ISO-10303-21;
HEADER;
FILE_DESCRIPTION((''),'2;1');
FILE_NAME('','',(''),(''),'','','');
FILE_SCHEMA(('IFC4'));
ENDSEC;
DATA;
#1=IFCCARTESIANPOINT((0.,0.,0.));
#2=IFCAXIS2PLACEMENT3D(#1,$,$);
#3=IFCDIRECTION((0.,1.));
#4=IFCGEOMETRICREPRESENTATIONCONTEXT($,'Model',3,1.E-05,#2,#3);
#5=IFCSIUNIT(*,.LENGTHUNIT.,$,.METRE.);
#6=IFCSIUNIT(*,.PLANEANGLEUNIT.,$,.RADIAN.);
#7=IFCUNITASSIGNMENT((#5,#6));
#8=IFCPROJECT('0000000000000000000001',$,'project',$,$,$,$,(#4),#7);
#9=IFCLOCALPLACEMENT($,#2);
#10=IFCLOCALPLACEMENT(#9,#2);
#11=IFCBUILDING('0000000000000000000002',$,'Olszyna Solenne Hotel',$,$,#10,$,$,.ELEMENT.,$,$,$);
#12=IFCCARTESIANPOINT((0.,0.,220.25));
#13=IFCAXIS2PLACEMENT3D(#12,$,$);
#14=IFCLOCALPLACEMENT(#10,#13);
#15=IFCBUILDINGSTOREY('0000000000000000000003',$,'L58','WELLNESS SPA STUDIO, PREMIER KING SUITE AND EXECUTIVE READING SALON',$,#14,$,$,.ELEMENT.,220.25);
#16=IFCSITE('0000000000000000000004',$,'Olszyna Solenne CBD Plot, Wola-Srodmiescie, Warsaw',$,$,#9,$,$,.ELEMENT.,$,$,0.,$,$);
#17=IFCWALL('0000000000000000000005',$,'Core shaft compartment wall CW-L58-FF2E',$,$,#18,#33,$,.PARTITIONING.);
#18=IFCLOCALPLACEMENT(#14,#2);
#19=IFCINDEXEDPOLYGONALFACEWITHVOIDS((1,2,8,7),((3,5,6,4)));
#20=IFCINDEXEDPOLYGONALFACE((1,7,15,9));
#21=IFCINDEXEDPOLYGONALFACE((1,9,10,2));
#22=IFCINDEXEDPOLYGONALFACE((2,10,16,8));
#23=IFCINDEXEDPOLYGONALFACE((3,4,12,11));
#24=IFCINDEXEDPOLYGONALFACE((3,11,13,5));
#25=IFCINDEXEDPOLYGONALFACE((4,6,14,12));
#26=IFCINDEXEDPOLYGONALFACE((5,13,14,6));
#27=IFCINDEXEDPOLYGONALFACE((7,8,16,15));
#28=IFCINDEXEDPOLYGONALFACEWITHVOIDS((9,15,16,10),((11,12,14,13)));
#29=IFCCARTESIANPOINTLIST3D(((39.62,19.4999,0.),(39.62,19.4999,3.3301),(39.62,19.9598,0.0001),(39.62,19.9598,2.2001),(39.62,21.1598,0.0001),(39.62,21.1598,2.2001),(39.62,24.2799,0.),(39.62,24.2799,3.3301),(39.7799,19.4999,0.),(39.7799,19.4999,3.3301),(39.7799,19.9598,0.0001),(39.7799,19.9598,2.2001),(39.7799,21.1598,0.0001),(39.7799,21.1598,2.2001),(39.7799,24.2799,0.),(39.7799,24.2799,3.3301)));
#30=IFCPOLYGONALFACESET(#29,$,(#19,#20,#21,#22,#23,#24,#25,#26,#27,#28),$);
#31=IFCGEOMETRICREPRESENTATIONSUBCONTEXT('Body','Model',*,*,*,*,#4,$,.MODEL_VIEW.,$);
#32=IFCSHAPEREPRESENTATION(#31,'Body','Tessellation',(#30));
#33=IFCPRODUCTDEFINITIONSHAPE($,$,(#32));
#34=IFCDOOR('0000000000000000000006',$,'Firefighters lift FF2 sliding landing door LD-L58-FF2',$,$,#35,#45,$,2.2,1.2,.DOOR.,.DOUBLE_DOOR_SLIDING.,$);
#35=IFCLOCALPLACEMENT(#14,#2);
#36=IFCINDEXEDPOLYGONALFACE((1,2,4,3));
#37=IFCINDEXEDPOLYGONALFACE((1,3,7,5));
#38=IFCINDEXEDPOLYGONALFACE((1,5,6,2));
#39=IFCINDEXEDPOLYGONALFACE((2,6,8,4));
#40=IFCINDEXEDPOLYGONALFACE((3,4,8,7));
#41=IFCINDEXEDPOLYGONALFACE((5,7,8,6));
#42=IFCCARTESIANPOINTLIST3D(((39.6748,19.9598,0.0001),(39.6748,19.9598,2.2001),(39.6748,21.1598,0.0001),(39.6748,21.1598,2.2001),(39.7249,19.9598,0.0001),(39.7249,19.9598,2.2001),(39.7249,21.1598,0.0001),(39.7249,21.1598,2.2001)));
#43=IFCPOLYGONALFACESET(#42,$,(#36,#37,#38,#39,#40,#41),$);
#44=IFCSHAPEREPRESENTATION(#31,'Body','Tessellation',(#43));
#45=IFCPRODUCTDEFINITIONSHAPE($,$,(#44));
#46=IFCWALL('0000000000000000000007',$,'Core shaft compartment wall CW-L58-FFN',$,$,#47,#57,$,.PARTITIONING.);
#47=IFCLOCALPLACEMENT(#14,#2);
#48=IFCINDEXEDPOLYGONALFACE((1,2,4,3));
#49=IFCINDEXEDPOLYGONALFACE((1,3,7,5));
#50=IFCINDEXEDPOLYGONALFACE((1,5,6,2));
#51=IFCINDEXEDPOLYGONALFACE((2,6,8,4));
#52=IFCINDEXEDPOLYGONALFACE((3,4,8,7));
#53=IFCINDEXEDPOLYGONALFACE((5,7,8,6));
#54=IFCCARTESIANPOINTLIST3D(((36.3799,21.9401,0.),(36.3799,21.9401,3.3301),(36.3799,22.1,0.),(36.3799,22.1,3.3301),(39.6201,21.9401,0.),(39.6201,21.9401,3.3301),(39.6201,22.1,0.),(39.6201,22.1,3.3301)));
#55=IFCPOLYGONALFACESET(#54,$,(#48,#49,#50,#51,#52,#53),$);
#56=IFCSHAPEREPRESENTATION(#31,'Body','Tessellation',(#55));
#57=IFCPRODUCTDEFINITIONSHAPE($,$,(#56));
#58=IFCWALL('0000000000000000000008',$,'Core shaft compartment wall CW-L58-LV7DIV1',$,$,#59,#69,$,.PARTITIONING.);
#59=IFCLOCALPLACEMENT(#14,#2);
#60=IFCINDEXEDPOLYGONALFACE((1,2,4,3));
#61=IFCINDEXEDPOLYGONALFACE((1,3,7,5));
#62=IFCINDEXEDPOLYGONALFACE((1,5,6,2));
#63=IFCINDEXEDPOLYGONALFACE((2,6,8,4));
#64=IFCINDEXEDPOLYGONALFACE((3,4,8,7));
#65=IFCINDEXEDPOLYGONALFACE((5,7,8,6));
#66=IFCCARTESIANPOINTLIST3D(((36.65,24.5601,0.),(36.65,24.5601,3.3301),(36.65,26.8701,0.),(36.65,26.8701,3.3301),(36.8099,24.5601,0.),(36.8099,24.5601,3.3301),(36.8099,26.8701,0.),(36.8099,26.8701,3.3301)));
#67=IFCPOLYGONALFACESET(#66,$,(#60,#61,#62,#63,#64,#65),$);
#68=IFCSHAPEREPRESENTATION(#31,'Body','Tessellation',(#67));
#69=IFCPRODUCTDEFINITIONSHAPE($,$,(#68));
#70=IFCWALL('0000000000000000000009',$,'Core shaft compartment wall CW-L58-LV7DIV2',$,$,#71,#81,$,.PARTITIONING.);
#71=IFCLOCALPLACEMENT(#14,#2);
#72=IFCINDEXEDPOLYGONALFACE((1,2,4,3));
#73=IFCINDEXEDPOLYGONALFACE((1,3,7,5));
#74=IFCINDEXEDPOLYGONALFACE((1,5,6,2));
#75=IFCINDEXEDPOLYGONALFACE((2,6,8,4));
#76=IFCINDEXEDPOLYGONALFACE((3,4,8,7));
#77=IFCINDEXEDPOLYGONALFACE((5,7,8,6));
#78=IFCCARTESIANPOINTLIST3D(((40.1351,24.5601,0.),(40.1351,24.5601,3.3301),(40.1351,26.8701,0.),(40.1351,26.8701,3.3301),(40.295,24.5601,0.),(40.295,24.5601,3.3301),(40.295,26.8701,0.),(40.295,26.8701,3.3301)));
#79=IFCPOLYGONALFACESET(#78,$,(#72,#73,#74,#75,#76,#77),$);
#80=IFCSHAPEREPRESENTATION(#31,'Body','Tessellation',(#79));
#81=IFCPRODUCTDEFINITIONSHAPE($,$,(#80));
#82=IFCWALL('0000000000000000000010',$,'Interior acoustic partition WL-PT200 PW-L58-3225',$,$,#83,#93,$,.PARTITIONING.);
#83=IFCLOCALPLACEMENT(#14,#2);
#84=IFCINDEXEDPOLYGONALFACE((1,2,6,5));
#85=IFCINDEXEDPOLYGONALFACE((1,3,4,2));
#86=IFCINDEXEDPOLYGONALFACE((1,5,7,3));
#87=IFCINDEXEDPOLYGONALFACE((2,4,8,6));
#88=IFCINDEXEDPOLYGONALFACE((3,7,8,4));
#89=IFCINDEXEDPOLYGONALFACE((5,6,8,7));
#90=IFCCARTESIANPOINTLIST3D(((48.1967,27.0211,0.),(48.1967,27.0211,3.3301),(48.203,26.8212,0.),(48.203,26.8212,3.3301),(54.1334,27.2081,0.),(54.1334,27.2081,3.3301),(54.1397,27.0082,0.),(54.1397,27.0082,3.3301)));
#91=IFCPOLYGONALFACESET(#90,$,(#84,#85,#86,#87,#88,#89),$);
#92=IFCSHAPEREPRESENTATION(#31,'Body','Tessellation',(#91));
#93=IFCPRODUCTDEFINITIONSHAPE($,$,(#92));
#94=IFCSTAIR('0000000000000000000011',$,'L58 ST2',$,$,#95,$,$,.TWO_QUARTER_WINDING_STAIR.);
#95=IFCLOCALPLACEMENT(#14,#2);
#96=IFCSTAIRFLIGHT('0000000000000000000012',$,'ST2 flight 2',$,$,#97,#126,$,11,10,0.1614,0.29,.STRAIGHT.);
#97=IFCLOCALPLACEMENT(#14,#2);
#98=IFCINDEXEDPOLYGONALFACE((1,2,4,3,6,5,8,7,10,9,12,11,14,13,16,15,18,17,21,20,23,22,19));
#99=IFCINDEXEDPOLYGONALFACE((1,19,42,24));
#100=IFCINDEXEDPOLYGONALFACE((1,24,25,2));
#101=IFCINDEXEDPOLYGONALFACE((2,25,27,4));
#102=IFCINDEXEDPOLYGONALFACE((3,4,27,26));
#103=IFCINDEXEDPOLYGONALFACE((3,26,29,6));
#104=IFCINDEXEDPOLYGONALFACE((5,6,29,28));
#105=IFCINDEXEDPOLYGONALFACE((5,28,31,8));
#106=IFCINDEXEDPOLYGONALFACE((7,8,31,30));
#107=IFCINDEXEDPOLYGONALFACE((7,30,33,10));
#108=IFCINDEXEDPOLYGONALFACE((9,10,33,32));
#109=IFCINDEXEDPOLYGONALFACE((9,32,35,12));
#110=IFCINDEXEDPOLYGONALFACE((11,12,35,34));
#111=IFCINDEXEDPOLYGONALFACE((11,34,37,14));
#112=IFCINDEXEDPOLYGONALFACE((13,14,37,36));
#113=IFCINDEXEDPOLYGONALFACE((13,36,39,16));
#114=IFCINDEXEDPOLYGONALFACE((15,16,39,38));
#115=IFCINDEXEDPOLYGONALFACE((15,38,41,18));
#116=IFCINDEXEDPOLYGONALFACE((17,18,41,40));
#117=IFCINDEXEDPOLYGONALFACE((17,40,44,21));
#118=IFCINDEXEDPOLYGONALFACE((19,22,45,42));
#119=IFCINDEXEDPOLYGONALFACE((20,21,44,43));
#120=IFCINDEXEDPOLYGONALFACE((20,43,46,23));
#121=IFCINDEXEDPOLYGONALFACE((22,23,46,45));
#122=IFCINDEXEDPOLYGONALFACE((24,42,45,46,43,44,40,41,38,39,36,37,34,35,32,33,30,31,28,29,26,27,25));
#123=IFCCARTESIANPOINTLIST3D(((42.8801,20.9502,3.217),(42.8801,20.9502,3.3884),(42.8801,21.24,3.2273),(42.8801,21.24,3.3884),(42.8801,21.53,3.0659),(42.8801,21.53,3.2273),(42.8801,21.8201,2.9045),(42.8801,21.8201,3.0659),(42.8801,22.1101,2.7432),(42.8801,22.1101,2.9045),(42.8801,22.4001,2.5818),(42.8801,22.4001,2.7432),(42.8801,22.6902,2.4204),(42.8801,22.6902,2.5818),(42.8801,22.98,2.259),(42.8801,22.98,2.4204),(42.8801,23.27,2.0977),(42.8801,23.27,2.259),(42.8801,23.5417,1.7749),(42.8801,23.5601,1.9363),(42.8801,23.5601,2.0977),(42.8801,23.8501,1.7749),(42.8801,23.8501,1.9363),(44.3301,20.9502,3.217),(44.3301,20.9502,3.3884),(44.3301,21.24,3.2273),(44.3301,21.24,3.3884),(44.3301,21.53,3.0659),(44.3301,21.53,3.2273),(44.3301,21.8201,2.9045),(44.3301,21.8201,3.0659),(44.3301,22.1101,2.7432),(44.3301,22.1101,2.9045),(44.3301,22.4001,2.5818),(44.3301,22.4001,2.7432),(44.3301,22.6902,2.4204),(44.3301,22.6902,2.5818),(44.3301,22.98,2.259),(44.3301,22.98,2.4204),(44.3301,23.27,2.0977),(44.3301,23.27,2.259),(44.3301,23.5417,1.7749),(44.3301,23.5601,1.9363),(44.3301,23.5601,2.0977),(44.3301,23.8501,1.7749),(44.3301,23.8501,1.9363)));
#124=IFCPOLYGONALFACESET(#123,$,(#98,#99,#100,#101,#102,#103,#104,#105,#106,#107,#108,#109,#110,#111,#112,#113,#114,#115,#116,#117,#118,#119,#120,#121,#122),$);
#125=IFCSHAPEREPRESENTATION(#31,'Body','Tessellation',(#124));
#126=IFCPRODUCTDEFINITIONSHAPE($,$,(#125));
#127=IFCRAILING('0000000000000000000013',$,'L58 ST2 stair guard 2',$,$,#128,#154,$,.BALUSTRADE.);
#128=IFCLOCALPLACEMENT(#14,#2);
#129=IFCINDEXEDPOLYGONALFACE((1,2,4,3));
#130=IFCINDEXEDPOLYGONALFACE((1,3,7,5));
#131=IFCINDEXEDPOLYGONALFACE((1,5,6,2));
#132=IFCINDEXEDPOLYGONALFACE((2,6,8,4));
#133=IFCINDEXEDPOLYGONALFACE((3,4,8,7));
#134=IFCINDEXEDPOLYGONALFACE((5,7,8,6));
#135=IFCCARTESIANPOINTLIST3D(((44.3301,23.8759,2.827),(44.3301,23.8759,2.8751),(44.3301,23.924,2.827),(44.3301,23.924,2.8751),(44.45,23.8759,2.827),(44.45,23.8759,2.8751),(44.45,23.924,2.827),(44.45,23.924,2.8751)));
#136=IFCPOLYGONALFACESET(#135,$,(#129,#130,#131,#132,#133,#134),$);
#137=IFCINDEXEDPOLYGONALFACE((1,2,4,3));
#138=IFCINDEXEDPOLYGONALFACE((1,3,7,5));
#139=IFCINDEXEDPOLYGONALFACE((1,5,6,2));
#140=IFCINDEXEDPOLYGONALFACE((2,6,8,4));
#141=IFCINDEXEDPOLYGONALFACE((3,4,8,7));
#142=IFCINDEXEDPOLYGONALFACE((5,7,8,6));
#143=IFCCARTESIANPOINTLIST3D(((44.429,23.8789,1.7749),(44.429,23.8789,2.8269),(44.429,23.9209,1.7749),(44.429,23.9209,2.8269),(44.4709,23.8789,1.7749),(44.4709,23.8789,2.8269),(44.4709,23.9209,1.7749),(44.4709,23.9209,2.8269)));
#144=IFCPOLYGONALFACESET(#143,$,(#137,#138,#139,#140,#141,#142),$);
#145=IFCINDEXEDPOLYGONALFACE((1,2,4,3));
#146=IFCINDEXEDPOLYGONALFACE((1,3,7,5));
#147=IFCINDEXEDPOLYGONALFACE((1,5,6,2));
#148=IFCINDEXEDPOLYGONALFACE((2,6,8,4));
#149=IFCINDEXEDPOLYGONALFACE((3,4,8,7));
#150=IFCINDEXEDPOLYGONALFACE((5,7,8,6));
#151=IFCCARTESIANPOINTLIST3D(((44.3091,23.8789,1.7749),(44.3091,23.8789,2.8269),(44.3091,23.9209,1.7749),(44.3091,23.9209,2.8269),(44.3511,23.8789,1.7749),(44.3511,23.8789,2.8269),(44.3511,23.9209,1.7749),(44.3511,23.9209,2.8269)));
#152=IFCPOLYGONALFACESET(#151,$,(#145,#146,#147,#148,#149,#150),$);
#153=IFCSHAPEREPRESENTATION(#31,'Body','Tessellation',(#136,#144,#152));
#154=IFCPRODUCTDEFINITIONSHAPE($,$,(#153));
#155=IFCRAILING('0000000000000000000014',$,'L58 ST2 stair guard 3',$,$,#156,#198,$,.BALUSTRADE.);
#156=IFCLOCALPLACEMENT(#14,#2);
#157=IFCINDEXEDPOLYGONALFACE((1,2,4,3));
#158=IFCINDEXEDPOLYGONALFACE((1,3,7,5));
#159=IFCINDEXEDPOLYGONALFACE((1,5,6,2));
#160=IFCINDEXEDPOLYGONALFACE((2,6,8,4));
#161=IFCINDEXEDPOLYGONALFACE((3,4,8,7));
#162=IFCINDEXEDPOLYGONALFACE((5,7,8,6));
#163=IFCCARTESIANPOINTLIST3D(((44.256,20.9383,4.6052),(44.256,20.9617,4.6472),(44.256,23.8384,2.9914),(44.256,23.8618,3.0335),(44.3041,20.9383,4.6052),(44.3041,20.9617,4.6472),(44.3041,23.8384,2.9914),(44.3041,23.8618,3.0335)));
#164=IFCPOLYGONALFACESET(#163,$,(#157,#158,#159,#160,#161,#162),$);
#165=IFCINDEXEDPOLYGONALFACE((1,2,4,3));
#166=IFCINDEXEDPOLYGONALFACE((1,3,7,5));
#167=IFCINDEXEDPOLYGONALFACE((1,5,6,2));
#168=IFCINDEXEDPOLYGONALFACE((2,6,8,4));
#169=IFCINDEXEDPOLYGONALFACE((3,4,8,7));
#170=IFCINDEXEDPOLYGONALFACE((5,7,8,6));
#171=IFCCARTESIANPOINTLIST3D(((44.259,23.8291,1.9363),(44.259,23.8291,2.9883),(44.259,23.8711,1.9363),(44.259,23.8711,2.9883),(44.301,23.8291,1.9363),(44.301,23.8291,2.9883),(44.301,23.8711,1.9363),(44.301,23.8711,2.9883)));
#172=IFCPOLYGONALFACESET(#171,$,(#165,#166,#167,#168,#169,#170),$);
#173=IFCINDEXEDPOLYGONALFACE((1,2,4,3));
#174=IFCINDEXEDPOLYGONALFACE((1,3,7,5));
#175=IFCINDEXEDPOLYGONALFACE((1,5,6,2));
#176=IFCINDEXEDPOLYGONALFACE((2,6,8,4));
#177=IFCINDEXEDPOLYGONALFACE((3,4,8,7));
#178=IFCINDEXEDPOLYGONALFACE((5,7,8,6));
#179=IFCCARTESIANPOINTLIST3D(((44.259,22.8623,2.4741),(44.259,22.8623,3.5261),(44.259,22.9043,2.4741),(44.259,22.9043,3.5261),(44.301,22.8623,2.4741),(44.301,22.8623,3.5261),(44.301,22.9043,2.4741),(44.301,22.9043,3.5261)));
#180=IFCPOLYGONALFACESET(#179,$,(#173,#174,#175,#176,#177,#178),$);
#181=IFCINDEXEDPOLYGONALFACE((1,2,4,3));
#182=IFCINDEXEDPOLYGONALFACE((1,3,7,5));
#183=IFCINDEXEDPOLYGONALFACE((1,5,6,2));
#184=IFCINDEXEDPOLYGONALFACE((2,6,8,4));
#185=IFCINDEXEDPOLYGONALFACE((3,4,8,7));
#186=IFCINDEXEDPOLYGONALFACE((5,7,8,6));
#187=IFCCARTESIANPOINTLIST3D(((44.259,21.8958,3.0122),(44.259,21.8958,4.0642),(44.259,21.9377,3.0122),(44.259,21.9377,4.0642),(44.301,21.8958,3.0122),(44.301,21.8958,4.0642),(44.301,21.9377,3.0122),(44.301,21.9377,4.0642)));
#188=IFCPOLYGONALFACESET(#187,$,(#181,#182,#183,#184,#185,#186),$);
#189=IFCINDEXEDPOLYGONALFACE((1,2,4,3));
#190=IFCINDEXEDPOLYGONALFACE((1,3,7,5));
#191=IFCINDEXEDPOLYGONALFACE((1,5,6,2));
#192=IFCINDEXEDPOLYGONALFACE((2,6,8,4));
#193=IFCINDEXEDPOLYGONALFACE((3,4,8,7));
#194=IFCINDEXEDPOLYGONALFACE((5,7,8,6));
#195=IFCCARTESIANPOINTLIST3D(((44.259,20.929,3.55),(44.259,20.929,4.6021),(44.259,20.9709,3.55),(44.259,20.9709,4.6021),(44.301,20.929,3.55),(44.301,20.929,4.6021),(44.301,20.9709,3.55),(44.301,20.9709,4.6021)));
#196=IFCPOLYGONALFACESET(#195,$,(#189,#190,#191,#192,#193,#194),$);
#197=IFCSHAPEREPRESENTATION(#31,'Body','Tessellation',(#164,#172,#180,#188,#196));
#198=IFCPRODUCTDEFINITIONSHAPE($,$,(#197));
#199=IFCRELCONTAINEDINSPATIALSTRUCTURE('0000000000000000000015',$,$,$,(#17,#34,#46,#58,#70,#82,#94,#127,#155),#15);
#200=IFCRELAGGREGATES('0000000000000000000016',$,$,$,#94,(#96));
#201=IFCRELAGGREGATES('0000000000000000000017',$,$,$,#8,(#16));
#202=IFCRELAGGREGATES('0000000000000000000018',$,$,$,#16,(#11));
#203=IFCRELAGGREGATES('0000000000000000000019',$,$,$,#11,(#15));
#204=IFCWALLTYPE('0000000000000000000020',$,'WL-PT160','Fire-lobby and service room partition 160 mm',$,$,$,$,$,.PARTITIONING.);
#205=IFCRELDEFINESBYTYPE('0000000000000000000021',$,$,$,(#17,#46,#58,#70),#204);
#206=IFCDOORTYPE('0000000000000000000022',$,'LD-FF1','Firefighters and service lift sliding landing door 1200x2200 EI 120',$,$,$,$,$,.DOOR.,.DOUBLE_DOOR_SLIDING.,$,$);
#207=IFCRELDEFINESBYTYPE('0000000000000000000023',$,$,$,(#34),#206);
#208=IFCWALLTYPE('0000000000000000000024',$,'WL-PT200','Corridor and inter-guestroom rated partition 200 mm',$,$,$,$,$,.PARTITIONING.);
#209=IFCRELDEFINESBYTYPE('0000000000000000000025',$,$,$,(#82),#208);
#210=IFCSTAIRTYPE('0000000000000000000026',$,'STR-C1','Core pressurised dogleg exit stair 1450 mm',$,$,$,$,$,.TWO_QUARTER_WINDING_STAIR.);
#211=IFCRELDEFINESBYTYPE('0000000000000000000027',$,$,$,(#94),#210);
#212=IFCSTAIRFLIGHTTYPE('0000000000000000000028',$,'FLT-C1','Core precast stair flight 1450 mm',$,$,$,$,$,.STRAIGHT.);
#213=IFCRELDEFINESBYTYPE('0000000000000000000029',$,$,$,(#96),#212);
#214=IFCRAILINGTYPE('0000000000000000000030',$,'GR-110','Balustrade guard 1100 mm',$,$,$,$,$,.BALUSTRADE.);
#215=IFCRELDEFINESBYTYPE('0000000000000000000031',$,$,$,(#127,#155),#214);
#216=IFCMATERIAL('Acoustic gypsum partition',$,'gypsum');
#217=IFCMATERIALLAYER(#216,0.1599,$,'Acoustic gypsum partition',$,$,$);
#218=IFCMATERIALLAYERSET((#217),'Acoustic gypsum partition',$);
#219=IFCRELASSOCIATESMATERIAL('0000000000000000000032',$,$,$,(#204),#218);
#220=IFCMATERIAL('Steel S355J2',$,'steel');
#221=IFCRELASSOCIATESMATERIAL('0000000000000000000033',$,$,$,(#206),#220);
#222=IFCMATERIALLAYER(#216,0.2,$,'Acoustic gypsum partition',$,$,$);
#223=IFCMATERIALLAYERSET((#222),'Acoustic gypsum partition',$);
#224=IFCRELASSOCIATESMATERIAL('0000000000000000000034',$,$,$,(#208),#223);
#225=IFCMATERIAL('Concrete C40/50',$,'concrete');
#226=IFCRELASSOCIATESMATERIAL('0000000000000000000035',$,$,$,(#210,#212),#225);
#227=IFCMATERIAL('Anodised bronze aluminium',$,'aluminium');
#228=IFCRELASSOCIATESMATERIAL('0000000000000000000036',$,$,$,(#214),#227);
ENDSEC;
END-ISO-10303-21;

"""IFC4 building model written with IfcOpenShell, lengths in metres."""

from ifc_helpers import new_model, si_unit, direction, frame, frame_2d, origin, origin_2d, place, context, subcontext, project, spatial, polyline, rectangle, outline, extrude, source, transform, mapped, material, layer, layer_set, type_object, type_shapes, element, fill, aggregate, save


model = new_model("IFC4")

# Units and contexts
model_context = context("Model", 3, precision=1e-05, world=origin(), true_north=direction((0.0, 1.0)))
body_context = subcontext(model_context, "Body", "Model", "MODEL_VIEW")
ifc_project = project(units=[si_unit("LENGTHUNIT", "METRE"), si_unit("PLANEANGLEUNIT", "RADIAN")], contexts=[model_context])

# Site, building, storey
site_placement = place(None, origin())
site = spatial("IfcSite", under=ifc_project, at=site_placement, Name="Olszyna Solenne CBD Plot, Wola-Srodmiescie, Warsaw", CompositionType="ELEMENT", RefElevation=0.0)
building_placement = place(site_placement, origin())
building = spatial("IfcBuilding", under=site, at=building_placement, Name="Olszyna Solenne Hotel", CompositionType="ELEMENT")
storey_placement = place(building_placement, frame((0.0, 0.0, 220.25)))
storey = spatial("IfcBuildingStorey", under=building, at=storey_placement, Name="L58", Description="WELLNESS SPA STUDIO, PREMIER KING SUITE AND EXECUTIVE READING SALON", CompositionType="ELEMENT", Elevation=220.25)

# Shared definitions
ifc_material_1 = material(Name="Steel S355J2", Category="steel")

# Shared definitions
ifc_material_2 = material(Name="Anodised bronze aluminium", Category="aluminium")

# Shared definitions
ifc_material_3 = material(Name="Acoustic gypsum partition", Category="gypsum")

# Shared definitions
ifc_layer_1 = layer(ifc_material_3, 0.1599, Name="Acoustic gypsum partition")
ifc_layer_set_1 = layer_set([ifc_layer_1], Name="Acoustic gypsum partition")
wall_type_1 = type_object("IfcWallType", Name="WL-PT160", Description="Fire-lobby and service room partition 160 mm", PredefinedType="PARTITIONING", material=ifc_layer_set_1)

# Wall, opening, door
wall_1_placement = place(storey_placement, frame((39.7, 24.28, 0.0), z_axis=(0.0, 0.0, 1.0), x_axis=(0.0, -1.0, 0.0)))
wall_1 = element("IfcWall", 1, at=wall_1_placement, inside=storey, type_object=wall_type_1, Name="Core shaft compartment wall CW-L58-FF2E", PredefinedType="PARTITIONING", context=body_context, shape_type="SweptSolid", body=[
    extrude(rectangle(XDim=4.78, YDim=0.1599, at=frame_2d((2.3901, 0.0))), origin(), (0.0, 0.0, 1.0), 3.3301),
])
opening_1_placement = place(wall_1_placement, frame((3.1201, 0.0, 0.0)))
opening_1 = element("IfcOpeningElement", 2, at=opening_1_placement, cuts=wall_1, PredefinedType="OPENING", context=body_context, shape_type="SweptSolid", body=[
    extrude(rectangle(XDim=1.2, YDim=2.2, at=frame_2d((0.6001, 1.1001))), frame((0.0, 0.0898, 0.0), z_axis=(0.0, -1.0, 0.0), x_axis=(1.0, 0.0, 0.0)), (0.0, 0.0, 1.0), 0.1799),
])
door_type_1 = type_object("IfcDoorType", Name="LD-FF1", Description="Firefighters and service lift sliding landing door 1200x2200 EI 120", OperationType="DOUBLE_DOOR_SLIDING", PredefinedType="DOOR", material=ifc_material_1)
shared_shape_1 = source(origin(), body_context, "Body", "SweptSolid", [
    extrude(rectangle(XDim=1.2, YDim=2.2, at=frame_2d((0.6001, 1.1001))), frame((0.0, 0.0249, 0.0), z_axis=(0.0, -1.0, 0.0), x_axis=(1.0, 0.0, 0.0)), (0.0, 0.0, 1.0), 0.05),
])
type_shapes(door_type_1, [shared_shape_1])
door_1_placement = place(opening_1_placement, origin())
door_1 = element("IfcDoor", 3, at=door_1_placement, inside=storey, type_object=door_type_1, Name="Firefighters lift FF2 sliding landing door LD-L58-FF2", OperationType="DOUBLE_DOOR_SLIDING", OverallHeight=2.2, OverallWidth=1.2, PredefinedType="DOOR", context=body_context, shape_type="MappedRepresentation", body=[
    mapped(shared_shape_1, transform((0.0, 0.0, 0.0), x_axis=(1.0, 0.0, 0.0), y_axis=(0.0, 1.0, 0.0), z_axis=(0.0, 0.0, 1.0), scale=1.0)),
])
fill(opening_1, door_1)

# Walls
wall_2_placement = place(storey_placement, frame((36.3799, 22.02, 0.0), z_axis=(0.0, 0.0, 1.0), x_axis=(1.0, 0.0, 0.0)))
element("IfcWall", 4, at=wall_2_placement, inside=storey, type_object=wall_type_1, Name="Core shaft compartment wall CW-L58-FFN", PredefinedType="PARTITIONING", context=body_context, shape_type="SweptSolid", body=[
    extrude(rectangle(XDim=3.2402, YDim=0.1599, at=frame_2d((1.6201, 0.0))), origin(), (0.0, 0.0, 1.0), 3.3301),
])
for number, where, z_axis, x_axis, name in (
    (5, (36.73, 24.5601, 0.0), (0.0, 0.0, 1.0), (0.0, 1.0, 0.0), "Core shaft compartment wall CW-L58-LV7DIV1"),
    (6, (40.2151, 24.5601, 0.0), (0.0, 0.0, 1.0), (0.0, 1.0, 0.0), "Core shaft compartment wall CW-L58-LV7DIV2"),
):
    element("IfcWall", number, at=place(storey_placement, frame(where, z_axis=z_axis, x_axis=x_axis)), inside=storey, type_object=wall_type_1, Name=name, PredefinedType="PARTITIONING", context=body_context, shape_type="SweptSolid", body=[
        extrude(rectangle(XDim=2.3101, YDim=0.1599, at=frame_2d((1.155, 0.0))), origin(), (0.0, 0.0, 1.0), 3.3301),
    ])
ifc_layer_2 = layer(ifc_material_3, 0.2, Name="Acoustic gypsum partition")
ifc_layer_set_2 = layer_set([ifc_layer_2], Name="Acoustic gypsum partition")
wall_type_2 = type_object("IfcWallType", Name="WL-PT200", Description="Corridor and inter-guestroom rated partition 200 mm", PredefinedType="PARTITIONING", material=ifc_layer_set_2)
wall_3_placement = place(storey_placement, frame((48.2, 26.9211, 0.0), z_axis=(0.0, 0.0, 1.0), x_axis=(0.999504, 0.031485, 0.0)))
element("IfcWall", 7, at=wall_3_placement, inside=storey, type_object=wall_type_2, Name="Interior acoustic partition WL-PT200 PW-L58-3225", PredefinedType="PARTITIONING", context=body_context, shape_type="SweptSolid", body=[
    extrude(rectangle(XDim=5.9397, YDim=0.2, at=frame_2d((2.9697, 0.0))), origin(), (0.0, 0.0, 1.0), 3.3301),
])

# Stair, stair flight
ifc_material_4 = material(Name="Concrete C40/50", Category="concrete")
stair_type = type_object("IfcStairType", Name="STR-C1", Description="Core pressurised dogleg exit stair 1450 mm", PredefinedType="TWO_QUARTER_WINDING_STAIR", material=ifc_material_4)
stair_placement = place(storey_placement, origin())
stair = element("IfcStair", 8, at=stair_placement, inside=storey, type_object=stair_type, Name="L58 ST2", PredefinedType="TWO_QUARTER_WINDING_STAIR")
stair_flight_type = type_object("IfcStairFlightType", Name="FLT-C1", Description="Core precast stair flight 1450 mm", PredefinedType="STRAIGHT", material=ifc_material_4)
stair_flight_placement = place(storey_placement, frame((43.605, 23.8501, 1.7749), z_axis=(0.0, 0.0, 1.0), x_axis=(0.0, -1.0, 0.0)))
stair_flight = element("IfcStairFlight", 9, at=stair_flight_placement, type_object=stair_flight_type, Name="ST2 flight 2", NumberOfRisers=11, NumberOfTreads=10, PredefinedType="STRAIGHT", RiserHeight=0.1614, TreadLength=0.29, context=body_context, shape_type="SweptSolid", body=[
    extrude(outline(polyline([(0.0, 0.0), (0.0, 0.1614), (0.29, 0.1614), (0.29, 0.3228), (0.5801, 0.3228), (0.5801, 0.4841), (0.8701, 0.4841), (0.8701, 0.6455), (1.1599, 0.6455), (1.1599, 0.8069), (1.45, 0.8069), (1.45, 0.9683), (1.74, 0.9683), (1.74, 1.1296), (2.03, 1.1296), (2.03, 1.291), (2.3201, 1.291), (2.3201, 1.4524), (2.6101, 1.4524), (2.6101, 1.6135), (2.8999, 1.6135), (2.8999, 1.7749), (2.8999, 1.4421), (0.3083, 0.0), (0.0, 0.0)])), frame((0.0, 0.7251, 0.0), z_axis=(0.0, -1.0, 0.0), x_axis=(1.0, 0.0, 0.0)), (0.0, 0.0, 1.0), 1.45),
])
aggregate(stair, [stair_flight])

# Railings
railing_type_1 = type_object("IfcRailingType", Name="GR-110", Description="Balustrade guard 1100 mm", PredefinedType="BALUSTRADE", material=ifc_material_2)
railing_1_placement = place(storey_placement, frame((44.45, 23.8999, 1.7749)))
element("IfcRailing", 10, at=railing_1_placement, inside=storey, type_object=railing_type_1, Name="L58 ST2 stair guard 2", PredefinedType="BALUSTRADE", context=body_context, shape_type="SweptSolid", body=[
    extrude(rectangle(XDim=0.0481, YDim=0.0481, at=origin_2d()), frame((0.0, 0.0, 1.0762), z_axis=(-1.0, 0.0, 0.0), x_axis=(0.0, -1.0, 0.0)), (0.0, 0.0, 1.0), 0.1199),
    extrude(rectangle(XDim=0.042, YDim=0.042, at=origin_2d()), origin(), (0.0, 0.0, 1.0), 1.052),
    extrude(rectangle(XDim=0.042, YDim=0.042, at=origin_2d()), frame((-0.1199, 0.0, 0.0)), (0.0, 0.0, 1.0), 1.052),
])
railing_2_placement = place(storey_placement, frame((44.28, 23.8501, 1.9363)))
element("IfcRailing", 11, at=railing_2_placement, inside=storey, type_object=railing_type_1, Name="L58 ST2 stair guard 3", PredefinedType="BALUSTRADE", context=body_context, shape_type="SweptSolid", body=[
    extrude(rectangle(XDim=0.0481, YDim=0.0481, at=origin_2d()), frame((0.0, 0.0, 1.0762), z_axis=(0.0, -0.873827, 0.486236), x_axis=(1.0, 0.0, 0.0)), (0.0, 0.0, 1.0), 3.3188),
    extrude(rectangle(XDim=0.042, YDim=0.042, at=origin_2d()), origin(), (0.0, 0.0, 1.0), 1.052),
    extrude(rectangle(XDim=0.042, YDim=0.042, at=origin_2d()), frame((0.0, -0.9668, 0.5378)), (0.0, 0.0, 1.0), 1.052),
    extrude(rectangle(XDim=0.042, YDim=0.042, at=origin_2d()), frame((0.0, -1.9333, 1.0759)), (0.0, 0.0, 1.0), 1.052),
    extrude(rectangle(XDim=0.042, YDim=0.042, at=origin_2d()), frame((0.0, -2.9001, 1.6138)), (0.0, 0.0, 1.0), 1.052),
])

save(model, "model.ifc")
